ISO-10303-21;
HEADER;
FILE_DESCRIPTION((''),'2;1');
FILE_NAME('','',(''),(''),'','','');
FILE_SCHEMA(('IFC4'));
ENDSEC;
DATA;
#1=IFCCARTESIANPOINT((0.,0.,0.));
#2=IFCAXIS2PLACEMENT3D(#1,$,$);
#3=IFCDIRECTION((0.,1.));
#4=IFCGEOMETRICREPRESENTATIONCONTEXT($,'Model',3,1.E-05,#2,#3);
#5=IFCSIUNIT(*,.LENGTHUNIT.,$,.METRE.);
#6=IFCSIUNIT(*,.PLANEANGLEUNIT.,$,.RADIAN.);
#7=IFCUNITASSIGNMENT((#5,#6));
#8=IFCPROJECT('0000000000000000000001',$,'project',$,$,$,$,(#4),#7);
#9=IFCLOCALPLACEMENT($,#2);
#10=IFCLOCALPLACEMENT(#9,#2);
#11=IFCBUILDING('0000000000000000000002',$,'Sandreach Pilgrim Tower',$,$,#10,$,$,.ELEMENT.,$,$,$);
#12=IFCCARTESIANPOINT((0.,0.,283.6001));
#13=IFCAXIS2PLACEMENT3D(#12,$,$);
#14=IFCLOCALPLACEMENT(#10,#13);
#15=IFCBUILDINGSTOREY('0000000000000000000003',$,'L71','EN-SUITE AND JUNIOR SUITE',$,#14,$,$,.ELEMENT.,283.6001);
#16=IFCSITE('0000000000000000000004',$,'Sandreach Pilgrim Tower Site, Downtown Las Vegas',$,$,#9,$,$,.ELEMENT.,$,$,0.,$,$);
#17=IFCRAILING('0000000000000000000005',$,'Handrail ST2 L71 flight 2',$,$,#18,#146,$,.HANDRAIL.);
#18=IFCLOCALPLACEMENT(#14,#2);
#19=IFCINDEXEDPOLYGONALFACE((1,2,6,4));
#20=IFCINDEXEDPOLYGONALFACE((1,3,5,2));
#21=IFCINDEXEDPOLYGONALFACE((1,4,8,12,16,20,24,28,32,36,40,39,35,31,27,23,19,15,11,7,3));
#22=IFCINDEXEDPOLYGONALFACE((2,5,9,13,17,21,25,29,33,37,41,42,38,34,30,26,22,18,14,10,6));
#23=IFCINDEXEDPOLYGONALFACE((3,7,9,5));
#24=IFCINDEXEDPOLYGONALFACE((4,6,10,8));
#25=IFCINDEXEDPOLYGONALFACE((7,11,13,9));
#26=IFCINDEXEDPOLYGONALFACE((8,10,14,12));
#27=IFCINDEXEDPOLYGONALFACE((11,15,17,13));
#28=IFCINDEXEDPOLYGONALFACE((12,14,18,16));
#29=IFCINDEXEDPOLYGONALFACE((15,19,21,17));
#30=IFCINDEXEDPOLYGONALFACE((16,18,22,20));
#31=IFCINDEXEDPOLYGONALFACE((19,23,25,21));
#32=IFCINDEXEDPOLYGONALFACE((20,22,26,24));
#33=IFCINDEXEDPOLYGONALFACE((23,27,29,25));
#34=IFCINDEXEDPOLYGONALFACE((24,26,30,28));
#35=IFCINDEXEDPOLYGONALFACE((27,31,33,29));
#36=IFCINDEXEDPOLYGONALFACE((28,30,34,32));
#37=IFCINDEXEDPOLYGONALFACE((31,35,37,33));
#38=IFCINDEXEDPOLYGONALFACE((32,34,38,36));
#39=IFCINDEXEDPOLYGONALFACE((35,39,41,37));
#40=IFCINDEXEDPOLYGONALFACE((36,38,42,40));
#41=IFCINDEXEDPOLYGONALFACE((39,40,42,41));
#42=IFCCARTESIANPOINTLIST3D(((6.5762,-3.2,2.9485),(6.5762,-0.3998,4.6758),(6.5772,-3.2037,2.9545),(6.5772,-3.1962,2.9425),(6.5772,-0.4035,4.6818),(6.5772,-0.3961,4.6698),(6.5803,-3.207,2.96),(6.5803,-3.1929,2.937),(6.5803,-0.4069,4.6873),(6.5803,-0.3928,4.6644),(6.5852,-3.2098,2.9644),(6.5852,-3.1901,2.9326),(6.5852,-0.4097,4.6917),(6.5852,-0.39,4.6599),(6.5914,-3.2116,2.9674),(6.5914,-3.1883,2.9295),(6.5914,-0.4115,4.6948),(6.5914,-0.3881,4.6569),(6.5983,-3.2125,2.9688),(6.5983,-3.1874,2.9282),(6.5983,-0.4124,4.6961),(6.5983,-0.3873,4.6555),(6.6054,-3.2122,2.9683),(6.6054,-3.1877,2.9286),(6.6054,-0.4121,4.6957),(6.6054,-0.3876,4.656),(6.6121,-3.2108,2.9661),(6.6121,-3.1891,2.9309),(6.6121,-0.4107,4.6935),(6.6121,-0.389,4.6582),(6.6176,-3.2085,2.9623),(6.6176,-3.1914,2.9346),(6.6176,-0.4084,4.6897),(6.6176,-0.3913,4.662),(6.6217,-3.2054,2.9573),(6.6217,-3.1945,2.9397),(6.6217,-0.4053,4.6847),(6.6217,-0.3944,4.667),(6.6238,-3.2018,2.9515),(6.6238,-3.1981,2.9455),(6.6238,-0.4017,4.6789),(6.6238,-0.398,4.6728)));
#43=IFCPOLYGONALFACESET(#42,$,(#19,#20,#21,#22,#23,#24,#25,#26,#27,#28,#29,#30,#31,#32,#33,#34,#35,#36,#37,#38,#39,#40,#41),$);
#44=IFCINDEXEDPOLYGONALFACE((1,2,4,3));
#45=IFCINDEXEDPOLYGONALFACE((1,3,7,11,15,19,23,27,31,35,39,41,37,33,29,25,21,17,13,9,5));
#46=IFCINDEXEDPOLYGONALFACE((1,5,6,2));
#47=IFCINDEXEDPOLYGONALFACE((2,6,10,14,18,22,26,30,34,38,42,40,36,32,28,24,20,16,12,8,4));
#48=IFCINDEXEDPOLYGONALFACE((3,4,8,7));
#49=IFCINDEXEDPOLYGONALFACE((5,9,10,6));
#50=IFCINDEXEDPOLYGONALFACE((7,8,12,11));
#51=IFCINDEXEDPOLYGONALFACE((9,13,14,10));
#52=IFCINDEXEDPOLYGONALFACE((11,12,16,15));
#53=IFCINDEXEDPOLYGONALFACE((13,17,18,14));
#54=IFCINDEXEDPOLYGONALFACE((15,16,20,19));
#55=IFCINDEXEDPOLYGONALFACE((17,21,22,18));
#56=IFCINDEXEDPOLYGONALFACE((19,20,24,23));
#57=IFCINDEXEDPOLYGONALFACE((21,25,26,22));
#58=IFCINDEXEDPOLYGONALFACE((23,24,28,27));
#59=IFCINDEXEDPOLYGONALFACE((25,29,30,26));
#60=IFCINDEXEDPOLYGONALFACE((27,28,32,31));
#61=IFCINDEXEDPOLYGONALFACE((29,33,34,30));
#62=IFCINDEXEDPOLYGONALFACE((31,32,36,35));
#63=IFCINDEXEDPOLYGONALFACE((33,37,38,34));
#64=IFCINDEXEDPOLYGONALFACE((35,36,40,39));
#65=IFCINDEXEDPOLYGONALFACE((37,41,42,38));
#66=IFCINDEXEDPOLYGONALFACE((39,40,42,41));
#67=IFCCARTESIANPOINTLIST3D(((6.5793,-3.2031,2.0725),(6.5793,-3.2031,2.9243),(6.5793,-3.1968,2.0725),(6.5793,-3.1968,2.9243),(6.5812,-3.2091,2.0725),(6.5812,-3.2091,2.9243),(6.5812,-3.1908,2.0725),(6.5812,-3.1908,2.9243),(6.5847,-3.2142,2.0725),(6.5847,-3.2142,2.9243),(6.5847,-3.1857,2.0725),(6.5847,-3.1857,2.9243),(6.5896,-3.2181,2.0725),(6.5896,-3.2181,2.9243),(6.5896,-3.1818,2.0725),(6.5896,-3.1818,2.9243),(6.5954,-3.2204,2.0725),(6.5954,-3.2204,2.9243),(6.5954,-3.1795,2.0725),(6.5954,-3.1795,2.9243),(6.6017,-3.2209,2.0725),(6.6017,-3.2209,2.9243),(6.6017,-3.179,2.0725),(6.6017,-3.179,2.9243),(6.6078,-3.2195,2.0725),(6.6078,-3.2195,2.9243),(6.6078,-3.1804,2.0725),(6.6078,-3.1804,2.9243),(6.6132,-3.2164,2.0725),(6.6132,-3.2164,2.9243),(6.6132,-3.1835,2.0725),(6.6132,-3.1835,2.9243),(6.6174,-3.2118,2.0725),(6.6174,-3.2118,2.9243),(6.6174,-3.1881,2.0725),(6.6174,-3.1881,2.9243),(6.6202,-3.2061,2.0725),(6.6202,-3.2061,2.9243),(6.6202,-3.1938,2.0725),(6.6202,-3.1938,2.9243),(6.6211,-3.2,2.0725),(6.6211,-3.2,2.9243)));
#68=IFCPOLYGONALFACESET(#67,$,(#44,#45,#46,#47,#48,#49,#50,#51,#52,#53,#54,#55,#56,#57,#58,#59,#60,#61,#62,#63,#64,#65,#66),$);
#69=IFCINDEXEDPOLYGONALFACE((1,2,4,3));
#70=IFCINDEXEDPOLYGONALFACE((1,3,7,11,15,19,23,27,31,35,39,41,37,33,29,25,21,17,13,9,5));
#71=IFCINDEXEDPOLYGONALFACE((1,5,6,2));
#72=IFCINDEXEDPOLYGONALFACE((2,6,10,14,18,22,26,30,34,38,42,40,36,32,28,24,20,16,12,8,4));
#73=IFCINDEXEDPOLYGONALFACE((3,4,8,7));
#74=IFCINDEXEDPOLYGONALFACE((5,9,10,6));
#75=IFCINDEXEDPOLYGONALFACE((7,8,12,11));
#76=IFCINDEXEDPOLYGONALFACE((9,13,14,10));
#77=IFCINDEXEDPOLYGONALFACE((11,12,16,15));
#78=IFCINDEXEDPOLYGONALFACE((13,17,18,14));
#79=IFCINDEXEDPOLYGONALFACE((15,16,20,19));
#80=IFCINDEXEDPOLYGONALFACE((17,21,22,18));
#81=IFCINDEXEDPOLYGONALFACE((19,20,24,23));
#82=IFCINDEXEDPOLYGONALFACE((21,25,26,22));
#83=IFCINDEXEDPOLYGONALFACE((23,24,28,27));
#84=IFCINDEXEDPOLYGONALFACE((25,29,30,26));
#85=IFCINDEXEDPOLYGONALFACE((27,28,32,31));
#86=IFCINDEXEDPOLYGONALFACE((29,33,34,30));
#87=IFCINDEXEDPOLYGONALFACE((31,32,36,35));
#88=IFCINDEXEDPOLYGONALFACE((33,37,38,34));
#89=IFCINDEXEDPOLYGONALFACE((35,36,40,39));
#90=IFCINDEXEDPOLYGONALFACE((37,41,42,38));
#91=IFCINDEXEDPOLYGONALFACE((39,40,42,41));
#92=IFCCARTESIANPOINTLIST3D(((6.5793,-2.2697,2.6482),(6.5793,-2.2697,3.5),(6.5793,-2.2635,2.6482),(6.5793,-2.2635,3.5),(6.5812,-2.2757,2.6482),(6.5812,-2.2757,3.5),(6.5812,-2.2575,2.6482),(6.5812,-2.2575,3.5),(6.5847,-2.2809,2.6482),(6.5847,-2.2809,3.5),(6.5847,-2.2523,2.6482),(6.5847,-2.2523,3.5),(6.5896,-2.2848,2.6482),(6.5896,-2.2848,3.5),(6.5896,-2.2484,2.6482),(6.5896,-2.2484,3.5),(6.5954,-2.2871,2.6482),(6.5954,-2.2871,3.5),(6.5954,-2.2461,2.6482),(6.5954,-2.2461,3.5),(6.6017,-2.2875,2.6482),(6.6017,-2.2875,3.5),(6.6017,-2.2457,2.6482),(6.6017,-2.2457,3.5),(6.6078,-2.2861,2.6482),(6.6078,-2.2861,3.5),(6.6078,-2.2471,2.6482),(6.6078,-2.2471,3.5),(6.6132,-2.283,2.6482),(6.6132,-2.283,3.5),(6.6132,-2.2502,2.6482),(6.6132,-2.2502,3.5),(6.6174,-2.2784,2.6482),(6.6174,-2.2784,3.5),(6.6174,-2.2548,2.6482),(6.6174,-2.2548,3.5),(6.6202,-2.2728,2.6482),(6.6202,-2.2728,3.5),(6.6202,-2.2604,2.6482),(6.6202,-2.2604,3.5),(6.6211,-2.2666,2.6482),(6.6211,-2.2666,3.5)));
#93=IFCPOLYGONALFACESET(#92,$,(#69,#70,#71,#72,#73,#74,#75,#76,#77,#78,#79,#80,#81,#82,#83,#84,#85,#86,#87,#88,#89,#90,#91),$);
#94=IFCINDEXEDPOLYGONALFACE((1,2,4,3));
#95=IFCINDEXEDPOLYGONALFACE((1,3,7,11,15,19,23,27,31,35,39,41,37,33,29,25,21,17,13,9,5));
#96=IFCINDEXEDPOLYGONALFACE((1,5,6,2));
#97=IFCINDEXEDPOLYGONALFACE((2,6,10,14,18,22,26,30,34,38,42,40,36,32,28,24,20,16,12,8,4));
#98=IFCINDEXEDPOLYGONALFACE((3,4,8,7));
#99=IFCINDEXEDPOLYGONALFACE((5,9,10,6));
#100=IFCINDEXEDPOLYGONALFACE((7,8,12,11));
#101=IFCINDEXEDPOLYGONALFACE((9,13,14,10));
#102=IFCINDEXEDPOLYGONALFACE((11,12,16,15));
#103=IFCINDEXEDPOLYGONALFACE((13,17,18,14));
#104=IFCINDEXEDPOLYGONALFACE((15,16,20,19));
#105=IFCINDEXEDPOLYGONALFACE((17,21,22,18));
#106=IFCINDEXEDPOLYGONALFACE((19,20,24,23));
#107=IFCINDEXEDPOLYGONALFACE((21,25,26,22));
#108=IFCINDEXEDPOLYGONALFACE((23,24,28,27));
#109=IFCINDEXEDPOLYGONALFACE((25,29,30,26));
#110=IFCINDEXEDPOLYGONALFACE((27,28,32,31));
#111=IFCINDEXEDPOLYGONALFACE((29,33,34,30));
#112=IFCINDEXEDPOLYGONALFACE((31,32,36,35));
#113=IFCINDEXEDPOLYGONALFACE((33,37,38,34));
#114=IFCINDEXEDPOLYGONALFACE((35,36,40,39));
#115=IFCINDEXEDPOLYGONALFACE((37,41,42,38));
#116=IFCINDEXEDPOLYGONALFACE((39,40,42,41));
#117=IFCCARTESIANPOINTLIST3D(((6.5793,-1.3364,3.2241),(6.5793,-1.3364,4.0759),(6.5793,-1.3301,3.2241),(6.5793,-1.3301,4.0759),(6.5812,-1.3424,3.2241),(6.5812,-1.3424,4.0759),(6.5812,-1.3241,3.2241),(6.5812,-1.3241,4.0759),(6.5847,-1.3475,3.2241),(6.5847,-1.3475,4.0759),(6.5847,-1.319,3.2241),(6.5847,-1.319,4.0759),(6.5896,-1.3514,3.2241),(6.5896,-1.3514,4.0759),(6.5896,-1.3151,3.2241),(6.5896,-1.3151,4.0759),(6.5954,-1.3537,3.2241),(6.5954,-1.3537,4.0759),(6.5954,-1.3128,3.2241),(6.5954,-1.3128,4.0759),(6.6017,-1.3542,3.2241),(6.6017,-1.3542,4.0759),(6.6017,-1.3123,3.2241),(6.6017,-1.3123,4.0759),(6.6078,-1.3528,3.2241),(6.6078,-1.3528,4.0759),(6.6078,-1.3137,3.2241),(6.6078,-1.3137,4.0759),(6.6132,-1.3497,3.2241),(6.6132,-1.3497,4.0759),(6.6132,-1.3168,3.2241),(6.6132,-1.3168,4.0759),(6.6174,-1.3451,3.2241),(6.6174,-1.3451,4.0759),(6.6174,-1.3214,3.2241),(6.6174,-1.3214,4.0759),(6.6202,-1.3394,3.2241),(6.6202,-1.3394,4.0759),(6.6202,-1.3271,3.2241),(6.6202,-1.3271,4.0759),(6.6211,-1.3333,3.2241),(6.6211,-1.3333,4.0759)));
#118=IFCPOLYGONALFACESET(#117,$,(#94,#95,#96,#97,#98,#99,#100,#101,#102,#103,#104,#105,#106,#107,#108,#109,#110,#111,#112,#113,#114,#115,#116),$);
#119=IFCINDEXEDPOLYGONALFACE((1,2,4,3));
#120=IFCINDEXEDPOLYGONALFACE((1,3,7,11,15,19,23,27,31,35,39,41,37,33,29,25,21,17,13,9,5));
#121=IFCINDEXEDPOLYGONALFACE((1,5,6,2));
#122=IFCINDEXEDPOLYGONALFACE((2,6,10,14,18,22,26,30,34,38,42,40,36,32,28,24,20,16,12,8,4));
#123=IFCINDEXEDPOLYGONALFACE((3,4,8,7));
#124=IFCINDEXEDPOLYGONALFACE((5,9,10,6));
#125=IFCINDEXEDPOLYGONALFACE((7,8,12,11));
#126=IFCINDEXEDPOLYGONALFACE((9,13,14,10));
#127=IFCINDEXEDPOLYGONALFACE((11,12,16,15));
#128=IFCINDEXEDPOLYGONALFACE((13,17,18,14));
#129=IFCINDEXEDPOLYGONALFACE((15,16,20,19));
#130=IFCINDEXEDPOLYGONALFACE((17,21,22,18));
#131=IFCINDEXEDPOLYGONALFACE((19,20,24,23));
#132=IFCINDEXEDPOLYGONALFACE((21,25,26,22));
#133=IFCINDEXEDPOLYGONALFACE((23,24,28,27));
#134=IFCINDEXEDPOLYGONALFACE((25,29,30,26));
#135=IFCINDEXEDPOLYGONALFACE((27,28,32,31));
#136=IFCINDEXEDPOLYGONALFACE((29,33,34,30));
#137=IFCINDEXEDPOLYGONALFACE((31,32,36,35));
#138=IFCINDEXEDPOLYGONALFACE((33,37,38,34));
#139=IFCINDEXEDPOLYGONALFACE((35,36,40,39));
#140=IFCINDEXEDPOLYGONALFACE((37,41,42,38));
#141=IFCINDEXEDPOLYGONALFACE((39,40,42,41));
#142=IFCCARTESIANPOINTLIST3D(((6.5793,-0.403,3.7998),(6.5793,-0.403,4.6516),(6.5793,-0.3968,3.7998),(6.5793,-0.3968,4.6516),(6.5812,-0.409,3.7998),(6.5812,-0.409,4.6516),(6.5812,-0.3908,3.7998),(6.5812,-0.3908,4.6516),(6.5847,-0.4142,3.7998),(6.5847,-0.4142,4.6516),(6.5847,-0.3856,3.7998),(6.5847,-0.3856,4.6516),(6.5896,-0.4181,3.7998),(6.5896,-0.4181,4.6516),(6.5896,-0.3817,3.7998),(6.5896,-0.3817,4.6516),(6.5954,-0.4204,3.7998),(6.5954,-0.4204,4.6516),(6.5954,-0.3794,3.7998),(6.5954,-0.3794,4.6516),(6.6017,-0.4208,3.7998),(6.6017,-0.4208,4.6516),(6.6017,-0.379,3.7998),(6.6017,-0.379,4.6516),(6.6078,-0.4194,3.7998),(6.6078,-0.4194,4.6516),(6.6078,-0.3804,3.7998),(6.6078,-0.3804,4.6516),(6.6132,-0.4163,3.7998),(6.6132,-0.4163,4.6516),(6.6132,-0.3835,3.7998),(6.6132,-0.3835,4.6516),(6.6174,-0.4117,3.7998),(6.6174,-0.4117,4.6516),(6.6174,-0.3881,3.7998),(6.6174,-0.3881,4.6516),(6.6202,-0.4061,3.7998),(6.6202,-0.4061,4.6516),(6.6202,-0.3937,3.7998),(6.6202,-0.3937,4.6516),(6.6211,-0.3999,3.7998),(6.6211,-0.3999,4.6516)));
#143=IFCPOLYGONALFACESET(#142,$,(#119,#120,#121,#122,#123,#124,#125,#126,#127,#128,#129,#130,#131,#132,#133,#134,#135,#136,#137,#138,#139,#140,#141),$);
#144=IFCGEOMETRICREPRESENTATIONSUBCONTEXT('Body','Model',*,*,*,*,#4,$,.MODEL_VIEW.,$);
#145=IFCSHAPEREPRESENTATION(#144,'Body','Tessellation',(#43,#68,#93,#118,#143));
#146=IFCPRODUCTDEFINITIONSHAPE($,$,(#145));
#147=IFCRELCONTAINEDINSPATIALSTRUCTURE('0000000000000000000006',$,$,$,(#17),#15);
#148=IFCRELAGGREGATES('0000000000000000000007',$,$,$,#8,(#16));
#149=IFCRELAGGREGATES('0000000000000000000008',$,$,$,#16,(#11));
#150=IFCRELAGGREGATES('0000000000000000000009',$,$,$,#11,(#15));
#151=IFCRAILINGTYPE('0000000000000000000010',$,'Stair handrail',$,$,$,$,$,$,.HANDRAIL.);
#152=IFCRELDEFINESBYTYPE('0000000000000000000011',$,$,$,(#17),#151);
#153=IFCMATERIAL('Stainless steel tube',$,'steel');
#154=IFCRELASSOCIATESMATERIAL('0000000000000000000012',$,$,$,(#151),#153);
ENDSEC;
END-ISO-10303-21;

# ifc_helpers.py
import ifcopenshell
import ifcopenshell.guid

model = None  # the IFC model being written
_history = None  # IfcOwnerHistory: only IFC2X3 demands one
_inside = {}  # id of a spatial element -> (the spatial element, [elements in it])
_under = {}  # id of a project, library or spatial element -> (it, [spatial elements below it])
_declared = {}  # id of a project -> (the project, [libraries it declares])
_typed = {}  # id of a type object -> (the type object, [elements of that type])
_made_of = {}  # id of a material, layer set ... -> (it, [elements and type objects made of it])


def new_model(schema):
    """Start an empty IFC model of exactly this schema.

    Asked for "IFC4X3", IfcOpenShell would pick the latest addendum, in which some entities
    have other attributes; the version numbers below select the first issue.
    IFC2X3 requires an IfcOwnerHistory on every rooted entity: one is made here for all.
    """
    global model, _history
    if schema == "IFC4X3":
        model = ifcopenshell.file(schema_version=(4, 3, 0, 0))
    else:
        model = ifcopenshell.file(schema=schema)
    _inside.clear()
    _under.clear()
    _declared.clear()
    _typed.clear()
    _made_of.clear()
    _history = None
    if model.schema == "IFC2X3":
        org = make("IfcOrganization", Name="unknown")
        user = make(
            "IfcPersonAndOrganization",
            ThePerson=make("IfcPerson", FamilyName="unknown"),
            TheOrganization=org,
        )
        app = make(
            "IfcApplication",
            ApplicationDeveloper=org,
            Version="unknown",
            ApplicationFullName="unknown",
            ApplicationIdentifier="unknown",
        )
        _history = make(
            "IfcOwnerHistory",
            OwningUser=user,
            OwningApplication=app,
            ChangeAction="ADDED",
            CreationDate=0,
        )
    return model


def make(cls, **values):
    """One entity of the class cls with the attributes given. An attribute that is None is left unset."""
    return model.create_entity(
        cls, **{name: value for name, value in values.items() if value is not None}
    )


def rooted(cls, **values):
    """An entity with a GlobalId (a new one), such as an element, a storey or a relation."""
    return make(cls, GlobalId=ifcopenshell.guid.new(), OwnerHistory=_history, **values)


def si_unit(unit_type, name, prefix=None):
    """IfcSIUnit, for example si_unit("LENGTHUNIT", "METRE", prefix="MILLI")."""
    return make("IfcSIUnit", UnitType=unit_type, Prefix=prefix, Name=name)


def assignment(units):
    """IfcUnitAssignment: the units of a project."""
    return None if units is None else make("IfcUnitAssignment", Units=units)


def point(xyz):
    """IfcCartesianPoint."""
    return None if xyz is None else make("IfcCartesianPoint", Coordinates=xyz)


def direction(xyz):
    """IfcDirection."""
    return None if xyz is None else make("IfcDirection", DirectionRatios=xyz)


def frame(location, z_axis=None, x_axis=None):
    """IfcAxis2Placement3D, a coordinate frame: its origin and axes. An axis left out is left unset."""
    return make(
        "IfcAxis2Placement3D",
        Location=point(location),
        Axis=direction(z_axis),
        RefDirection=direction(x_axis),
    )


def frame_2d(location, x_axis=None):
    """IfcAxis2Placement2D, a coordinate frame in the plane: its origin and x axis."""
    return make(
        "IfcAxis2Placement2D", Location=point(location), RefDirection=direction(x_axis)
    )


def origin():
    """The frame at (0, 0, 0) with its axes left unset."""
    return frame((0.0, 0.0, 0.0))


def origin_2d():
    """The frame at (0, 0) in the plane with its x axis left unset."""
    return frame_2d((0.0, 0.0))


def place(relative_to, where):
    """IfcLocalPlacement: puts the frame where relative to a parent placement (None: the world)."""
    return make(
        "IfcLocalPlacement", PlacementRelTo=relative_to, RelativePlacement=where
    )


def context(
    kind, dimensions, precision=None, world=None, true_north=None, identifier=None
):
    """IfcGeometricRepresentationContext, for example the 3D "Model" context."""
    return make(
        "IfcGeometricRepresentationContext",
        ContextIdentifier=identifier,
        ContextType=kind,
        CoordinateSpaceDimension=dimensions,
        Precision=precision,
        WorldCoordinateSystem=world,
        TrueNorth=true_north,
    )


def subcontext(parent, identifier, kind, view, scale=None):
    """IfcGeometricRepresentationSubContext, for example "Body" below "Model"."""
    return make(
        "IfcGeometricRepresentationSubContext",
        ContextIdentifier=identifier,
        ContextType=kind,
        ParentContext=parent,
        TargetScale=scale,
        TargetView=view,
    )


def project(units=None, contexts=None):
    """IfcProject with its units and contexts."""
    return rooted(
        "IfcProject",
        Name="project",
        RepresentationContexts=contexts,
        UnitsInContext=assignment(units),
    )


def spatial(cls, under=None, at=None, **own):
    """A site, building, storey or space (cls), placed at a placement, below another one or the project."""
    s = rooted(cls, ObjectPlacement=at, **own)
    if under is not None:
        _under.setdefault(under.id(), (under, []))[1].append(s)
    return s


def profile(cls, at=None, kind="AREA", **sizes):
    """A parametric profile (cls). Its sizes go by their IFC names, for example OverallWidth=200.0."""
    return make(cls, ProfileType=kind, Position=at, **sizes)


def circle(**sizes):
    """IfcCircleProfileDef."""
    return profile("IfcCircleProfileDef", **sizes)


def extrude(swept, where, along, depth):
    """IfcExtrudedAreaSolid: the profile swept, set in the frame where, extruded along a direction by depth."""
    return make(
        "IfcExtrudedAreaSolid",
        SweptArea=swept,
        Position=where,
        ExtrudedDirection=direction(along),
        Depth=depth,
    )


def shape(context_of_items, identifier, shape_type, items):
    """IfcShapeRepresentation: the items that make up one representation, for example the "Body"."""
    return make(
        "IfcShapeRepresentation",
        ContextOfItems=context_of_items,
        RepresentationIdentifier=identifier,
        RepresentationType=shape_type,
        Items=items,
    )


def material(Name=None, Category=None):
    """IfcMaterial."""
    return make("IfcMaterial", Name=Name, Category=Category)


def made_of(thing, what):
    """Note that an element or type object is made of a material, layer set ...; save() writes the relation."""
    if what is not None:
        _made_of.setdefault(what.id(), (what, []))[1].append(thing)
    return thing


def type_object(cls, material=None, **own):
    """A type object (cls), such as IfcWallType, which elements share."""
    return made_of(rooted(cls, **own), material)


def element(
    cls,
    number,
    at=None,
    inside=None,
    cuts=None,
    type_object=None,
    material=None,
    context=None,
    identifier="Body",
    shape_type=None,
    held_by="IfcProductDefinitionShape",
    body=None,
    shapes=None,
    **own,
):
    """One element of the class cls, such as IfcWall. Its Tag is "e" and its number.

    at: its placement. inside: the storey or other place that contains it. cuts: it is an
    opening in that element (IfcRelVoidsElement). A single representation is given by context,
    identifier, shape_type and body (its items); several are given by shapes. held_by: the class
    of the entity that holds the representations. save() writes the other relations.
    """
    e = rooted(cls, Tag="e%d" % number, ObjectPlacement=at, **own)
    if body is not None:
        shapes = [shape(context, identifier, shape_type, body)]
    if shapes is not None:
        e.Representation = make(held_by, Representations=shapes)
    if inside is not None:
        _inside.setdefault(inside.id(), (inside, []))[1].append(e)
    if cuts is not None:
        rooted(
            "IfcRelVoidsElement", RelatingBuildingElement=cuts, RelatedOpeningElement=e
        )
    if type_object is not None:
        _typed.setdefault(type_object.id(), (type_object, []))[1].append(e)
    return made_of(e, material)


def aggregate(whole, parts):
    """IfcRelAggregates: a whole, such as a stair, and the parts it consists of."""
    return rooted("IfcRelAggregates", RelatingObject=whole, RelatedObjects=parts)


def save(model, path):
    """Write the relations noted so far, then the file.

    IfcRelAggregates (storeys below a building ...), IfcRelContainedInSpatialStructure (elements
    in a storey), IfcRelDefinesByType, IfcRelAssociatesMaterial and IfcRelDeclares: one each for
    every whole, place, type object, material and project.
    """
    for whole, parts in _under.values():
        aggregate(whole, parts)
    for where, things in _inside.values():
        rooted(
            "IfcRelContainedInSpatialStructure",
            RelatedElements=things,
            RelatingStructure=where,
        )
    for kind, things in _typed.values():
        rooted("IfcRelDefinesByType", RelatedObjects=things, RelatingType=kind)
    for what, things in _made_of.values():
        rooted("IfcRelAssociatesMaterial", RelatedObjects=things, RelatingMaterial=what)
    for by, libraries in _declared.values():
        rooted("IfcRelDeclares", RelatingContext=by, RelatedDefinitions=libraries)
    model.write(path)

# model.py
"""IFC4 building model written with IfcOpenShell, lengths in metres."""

from ifc_helpers import new_model, si_unit, direction, frame, origin, origin_2d, place, context, subcontext, project, spatial, circle, extrude, material, type_object, element, save


model = new_model("IFC4")

# Units and contexts
model_context = context("Model", 3, precision=1e-05, world=origin(), true_north=direction((0.0, 1.0)))
body_context = subcontext(model_context, "Body", "Model", "MODEL_VIEW")
ifc_project = project(units=[si_unit("LENGTHUNIT", "METRE"), si_unit("PLANEANGLEUNIT", "RADIAN")], contexts=[model_context])

# Site, building, storey
site_placement = place(None, origin())
site = spatial("IfcSite", under=ifc_project, at=site_placement, Name="Sandreach Pilgrim Tower Site, Downtown Las Vegas", CompositionType="ELEMENT", RefElevation=0.0)
building_placement = place(site_placement, origin())
building = spatial("IfcBuilding", under=site, at=building_placement, Name="Sandreach Pilgrim Tower", CompositionType="ELEMENT")
storey_placement = place(building_placement, frame((0.0, 0.0, 283.6001)))
storey = spatial("IfcBuildingStorey", under=building, at=storey_placement, Name="L71", Description="EN-SUITE AND JUNIOR SUITE", CompositionType="ELEMENT", Elevation=283.6001)

# Railing
ifc_material_1 = material(Name="Stainless steel tube", Category="steel")
railing_type = type_object("IfcRailingType", Name="Stair handrail", PredefinedType="HANDRAIL", material=ifc_material_1)
for number, where, name in (
    (1, (6.6001, -3.2, 2.0725), "Handrail ST2 L71 flight 2"),
):
    element("IfcRailing", number, at=place(storey_placement, frame(where)), inside=storey, type_object=railing_type, Name=name, PredefinedType="HANDRAIL", context=body_context, shape_type="SweptSolid", body=[
        extrude(circle(Radius=0.0239, at=origin_2d()), frame((0.0, 0.0, 0.876), z_axis=(0.0, 0.85109, 0.52502), x_axis=(-1.0, 0.0, 0.0)), (0.0, 0.0, 1.0), 3.29),
        extrude(circle(Radius=0.021, at=origin_2d()), origin(), (0.0, 0.0, 1.0), 0.8518),
        extrude(circle(Radius=0.021, at=origin_2d()), frame((0.0, 0.9333, 0.5757)), (0.0, 0.0, 1.0), 0.8518),
        extrude(circle(Radius=0.021, at=origin_2d()), frame((0.0, 1.8667, 1.1516)), (0.0, 0.0, 1.0), 0.8518),
        extrude(circle(Radius=0.021, at=origin_2d()), frame((0.0, 2.8, 1.7273)), (0.0, 0.0, 1.0), 0.8518),
    ])

save(model, "model.ifc")
